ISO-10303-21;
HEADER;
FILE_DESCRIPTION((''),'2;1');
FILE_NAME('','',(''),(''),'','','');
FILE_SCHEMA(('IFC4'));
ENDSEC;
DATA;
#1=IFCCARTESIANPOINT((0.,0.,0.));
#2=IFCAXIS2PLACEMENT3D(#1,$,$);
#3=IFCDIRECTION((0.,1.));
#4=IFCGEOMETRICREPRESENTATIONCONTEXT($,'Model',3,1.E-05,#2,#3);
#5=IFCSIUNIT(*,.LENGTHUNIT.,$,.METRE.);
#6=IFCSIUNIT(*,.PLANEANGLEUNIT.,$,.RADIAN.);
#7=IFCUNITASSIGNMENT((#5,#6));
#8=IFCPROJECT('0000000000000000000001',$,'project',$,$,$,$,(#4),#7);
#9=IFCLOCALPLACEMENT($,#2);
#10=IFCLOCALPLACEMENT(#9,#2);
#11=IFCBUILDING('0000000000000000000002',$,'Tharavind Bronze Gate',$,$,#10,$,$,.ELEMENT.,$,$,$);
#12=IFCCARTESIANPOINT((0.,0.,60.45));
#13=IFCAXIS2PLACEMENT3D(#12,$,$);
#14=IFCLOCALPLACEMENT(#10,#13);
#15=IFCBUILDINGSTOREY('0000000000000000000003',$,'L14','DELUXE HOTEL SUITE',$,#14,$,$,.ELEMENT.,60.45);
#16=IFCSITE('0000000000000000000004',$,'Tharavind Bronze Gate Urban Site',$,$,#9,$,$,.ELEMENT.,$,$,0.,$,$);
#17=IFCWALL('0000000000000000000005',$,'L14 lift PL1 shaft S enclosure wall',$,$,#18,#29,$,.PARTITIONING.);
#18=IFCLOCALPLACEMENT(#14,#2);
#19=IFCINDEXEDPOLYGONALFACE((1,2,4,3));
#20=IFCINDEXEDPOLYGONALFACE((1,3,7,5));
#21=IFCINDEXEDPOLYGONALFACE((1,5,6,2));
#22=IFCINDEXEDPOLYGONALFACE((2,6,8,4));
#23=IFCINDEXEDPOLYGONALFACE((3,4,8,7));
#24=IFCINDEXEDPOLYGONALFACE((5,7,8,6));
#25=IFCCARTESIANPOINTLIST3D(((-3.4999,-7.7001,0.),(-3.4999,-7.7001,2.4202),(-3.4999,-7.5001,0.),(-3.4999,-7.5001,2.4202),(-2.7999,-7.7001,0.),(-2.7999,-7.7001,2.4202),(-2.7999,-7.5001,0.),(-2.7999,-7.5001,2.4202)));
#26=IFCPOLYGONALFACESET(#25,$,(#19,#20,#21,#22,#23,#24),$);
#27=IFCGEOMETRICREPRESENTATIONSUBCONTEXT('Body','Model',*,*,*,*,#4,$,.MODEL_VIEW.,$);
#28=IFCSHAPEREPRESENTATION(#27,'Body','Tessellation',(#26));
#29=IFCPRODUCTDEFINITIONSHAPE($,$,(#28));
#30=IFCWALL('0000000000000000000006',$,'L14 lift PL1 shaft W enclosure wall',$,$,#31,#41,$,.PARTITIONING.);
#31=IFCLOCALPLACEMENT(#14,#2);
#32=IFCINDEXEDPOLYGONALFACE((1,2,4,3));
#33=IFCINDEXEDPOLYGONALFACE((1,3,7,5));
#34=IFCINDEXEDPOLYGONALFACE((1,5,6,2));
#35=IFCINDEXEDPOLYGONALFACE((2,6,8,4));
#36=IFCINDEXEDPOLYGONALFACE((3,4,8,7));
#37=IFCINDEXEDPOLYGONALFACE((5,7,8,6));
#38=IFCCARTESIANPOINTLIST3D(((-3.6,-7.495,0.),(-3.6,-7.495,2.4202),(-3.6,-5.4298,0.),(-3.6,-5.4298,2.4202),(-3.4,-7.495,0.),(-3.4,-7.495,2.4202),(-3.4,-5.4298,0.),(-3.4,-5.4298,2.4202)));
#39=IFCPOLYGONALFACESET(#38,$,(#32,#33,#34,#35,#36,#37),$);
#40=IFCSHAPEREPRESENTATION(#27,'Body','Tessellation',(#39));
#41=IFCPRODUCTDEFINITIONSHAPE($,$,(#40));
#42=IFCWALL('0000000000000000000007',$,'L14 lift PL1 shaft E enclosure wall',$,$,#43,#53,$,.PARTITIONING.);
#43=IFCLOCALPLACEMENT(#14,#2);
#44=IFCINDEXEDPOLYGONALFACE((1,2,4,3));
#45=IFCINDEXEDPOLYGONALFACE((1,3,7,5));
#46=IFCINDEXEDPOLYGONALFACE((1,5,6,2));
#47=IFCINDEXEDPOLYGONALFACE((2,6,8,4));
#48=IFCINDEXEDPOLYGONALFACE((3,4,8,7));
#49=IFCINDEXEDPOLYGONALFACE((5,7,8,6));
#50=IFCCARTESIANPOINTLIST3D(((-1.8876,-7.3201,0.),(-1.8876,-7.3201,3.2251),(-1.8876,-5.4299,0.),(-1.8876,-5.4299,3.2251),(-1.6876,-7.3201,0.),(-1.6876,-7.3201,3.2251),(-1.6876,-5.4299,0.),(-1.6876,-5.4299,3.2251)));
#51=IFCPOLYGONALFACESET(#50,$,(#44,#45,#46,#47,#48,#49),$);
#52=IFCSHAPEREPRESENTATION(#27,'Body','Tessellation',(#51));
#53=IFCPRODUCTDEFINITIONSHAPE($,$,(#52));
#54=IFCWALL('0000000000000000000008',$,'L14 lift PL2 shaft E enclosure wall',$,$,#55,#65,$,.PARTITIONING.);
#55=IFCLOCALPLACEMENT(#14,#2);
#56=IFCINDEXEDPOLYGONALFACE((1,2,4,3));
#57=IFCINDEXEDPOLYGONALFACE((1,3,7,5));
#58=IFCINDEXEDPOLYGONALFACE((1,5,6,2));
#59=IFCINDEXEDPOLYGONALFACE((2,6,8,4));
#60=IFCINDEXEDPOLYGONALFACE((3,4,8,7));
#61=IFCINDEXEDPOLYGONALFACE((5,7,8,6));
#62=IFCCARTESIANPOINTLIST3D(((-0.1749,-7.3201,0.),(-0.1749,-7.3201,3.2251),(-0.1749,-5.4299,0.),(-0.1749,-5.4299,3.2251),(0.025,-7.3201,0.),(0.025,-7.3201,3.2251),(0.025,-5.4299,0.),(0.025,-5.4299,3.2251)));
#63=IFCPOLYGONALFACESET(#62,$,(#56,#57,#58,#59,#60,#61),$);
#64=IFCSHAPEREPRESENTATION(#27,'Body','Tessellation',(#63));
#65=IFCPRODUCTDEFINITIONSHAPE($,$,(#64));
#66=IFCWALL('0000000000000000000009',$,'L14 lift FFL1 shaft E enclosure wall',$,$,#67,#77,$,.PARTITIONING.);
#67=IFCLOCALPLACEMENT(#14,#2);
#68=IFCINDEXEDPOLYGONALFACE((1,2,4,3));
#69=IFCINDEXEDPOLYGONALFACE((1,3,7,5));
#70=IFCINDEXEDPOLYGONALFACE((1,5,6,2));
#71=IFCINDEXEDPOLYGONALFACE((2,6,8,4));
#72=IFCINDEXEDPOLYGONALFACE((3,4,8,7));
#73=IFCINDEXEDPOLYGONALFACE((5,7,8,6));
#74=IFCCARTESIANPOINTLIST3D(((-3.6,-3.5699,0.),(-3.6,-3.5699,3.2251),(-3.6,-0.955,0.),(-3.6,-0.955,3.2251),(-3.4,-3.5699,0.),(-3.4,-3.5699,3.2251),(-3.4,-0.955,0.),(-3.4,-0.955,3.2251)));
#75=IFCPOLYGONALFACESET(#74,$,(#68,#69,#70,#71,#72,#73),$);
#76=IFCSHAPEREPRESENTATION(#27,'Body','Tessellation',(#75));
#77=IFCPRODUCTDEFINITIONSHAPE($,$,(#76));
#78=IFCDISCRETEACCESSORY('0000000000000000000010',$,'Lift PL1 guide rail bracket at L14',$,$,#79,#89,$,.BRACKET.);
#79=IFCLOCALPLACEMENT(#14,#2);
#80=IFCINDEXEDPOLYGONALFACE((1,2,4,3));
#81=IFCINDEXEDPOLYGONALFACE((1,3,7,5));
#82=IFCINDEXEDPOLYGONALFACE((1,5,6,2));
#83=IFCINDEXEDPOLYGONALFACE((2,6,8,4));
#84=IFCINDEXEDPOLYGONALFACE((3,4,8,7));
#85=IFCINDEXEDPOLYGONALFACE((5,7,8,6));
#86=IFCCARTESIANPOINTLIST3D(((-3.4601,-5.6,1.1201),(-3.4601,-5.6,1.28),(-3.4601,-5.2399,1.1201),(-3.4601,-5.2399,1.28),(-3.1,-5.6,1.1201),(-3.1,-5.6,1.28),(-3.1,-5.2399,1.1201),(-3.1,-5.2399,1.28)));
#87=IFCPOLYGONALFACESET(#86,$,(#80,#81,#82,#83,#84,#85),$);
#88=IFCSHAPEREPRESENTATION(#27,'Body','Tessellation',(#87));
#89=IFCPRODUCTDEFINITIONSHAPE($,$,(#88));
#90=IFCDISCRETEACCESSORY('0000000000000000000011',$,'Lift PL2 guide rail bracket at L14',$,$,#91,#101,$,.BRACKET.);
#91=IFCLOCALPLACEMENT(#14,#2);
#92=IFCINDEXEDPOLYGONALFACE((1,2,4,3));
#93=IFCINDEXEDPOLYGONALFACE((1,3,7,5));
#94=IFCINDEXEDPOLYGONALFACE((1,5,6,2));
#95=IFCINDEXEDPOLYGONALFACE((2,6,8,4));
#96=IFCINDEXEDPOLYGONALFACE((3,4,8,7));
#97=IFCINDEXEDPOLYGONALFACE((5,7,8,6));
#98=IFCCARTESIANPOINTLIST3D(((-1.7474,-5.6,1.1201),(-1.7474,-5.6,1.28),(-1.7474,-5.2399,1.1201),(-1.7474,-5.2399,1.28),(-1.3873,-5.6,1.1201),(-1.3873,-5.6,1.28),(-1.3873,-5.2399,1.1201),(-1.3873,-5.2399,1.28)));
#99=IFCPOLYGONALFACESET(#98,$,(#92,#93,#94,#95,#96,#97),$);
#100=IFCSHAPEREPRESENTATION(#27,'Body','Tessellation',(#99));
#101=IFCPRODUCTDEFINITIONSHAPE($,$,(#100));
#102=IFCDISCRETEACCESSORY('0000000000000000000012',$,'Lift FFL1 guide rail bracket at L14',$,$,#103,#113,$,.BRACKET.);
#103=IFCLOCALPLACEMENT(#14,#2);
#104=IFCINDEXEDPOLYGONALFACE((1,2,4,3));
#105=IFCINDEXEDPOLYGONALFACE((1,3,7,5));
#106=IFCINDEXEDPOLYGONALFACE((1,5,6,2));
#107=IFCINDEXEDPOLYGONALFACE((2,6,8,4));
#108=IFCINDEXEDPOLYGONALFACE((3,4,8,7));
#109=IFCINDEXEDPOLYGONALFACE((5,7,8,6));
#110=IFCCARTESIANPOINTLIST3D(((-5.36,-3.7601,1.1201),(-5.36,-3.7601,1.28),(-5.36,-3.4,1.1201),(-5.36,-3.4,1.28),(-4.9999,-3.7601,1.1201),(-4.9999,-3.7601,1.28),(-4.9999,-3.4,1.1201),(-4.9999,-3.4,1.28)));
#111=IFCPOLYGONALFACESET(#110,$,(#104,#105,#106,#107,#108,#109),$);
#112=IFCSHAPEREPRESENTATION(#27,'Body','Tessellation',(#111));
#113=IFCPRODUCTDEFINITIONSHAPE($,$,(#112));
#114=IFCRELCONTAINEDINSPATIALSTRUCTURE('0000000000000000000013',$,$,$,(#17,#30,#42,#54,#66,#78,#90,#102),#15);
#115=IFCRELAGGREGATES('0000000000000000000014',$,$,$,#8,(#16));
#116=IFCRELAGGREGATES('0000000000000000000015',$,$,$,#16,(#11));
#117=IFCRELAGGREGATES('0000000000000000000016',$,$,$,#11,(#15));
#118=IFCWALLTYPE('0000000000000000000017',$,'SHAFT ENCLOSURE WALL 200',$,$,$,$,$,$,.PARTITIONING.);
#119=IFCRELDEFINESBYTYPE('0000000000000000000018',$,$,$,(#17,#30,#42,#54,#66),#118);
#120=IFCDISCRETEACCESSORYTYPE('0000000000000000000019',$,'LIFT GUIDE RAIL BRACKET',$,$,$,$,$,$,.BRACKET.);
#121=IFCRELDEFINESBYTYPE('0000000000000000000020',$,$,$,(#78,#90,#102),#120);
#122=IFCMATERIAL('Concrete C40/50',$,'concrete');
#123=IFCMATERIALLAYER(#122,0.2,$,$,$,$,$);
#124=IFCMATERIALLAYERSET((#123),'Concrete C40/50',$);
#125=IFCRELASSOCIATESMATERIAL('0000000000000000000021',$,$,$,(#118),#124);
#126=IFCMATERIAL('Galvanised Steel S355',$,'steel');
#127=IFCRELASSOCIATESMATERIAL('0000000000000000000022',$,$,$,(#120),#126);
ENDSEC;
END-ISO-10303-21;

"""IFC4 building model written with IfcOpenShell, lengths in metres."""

from ifc_helpers import new_model, si_unit, direction, frame, frame_2d, origin, origin_2d, place, context, subcontext, project, spatial, rectangle, extrude, material, layer, layer_set, type_object, element, save


model = new_model("IFC4")

# Units and contexts
model_context = context("Model", 3, precision=1e-05, world=origin(), true_north=direction((0.0, 1.0)))
body_context = subcontext(model_context, "Body", "Model", "MODEL_VIEW")
ifc_project = project(units=[si_unit("LENGTHUNIT", "METRE"), si_unit("PLANEANGLEUNIT", "RADIAN")], contexts=[model_context])

# Site, building, storey
site_placement = place(None, origin())
site = spatial("IfcSite", under=ifc_project, at=site_placement, Name="Tharavind Bronze Gate Urban Site", CompositionType="ELEMENT", RefElevation=0.0)
building_placement = place(site_placement, origin())
building = spatial("IfcBuilding", under=site, at=building_placement, Name="Tharavind Bronze Gate", CompositionType="ELEMENT")
storey_placement = place(building_placement, frame((0.0, 0.0, 60.45)))
storey = spatial("IfcBuildingStorey", under=building, at=storey_placement, Name="L14", Description="DELUXE HOTEL SUITE", CompositionType="ELEMENT", Elevation=60.45)

# Walls
ifc_material_1 = material(Name="Concrete C40/50", Category="concrete")
ifc_layer_1 = layer(ifc_material_1, 0.2)
ifc_layer_set_1 = layer_set([ifc_layer_1], Name="Concrete C40/50")
wall_type_1 = type_object("IfcWallType", Name="SHAFT ENCLOSURE WALL 200", PredefinedType="PARTITIONING", material=ifc_layer_set_1)
wall_1_placement = place(storey_placement, frame((-3.5, -7.6001, 0.0), z_axis=(0.0, 0.0, 1.0), x_axis=(1.0, 0.0, 0.0)))
element("IfcWall", 1, at=wall_1_placement, inside=storey, type_object=wall_type_1, Name="L14 lift PL1 shaft S enclosure wall", PredefinedType="PARTITIONING", context=body_context, shape_type="SweptSolid", body=[
    extrude(rectangle(XDim=0.7, YDim=0.2, at=frame_2d((0.3501, 0.0))), origin(), (0.0, 0.0, 1.0), 2.4202),
])
wall_2_placement = place(storey_placement, frame((-3.5, -7.4951, 0.0), z_axis=(0.0, 0.0, 1.0), x_axis=(0.0, 1.0, 0.0)))
element("IfcWall", 2, at=wall_2_placement, inside=storey, type_object=wall_type_1, Name="L14 lift PL1 shaft W enclosure wall", PredefinedType="PARTITIONING", context=body_context, shape_type="SweptSolid", body=[
    extrude(rectangle(XDim=2.0652, YDim=0.2, at=frame_2d((1.0327, 0.0))), origin(), (0.0, 0.0, 1.0), 2.4202),
])
for number, where, z_axis, x_axis, name in (
    (3, (-1.7876, -7.3201, 0.0), (0.0, 0.0, 1.0), (0.0, 1.0, 0.0), "L14 lift PL1 shaft E enclosure wall"),
    (4, (-0.075, -7.3201, 0.0), (0.0, 0.0, 1.0), (0.0, 1.0, 0.0), "L14 lift PL2 shaft E enclosure wall"),
):
    element("IfcWall", number, at=place(storey_placement, frame(where, z_axis=z_axis, x_axis=x_axis)), inside=storey, type_object=wall_type_1, Name=name, PredefinedType="PARTITIONING", context=body_context, shape_type="SweptSolid", body=[
        extrude(rectangle(XDim=1.8901, YDim=0.2, at=frame_2d((0.9451, 0.0))), origin(), (0.0, 0.0, 1.0), 3.2251),
    ])
wall_3_placement = place(storey_placement, frame((-3.5, -3.5701, 0.0), z_axis=(0.0, 0.0, 1.0), x_axis=(0.0, 1.0, 0.0)))
element("IfcWall", 5, at=wall_3_placement, inside=storey, type_object=wall_type_1, Name="L14 lift FFL1 shaft E enclosure wall", PredefinedType="PARTITIONING", context=body_context, shape_type="SweptSolid", body=[
    extrude(rectangle(XDim=2.615, YDim=0.2, at=frame_2d((1.3076, 0.0))), origin(), (0.0, 0.0, 1.0), 3.2251),
])

# Discrete accessories
ifc_material_2 = material(Name="Galvanised Steel S355", Category="steel")
discrete_accessory_type = type_object("IfcDiscreteAccessoryType", Name="LIFT GUIDE RAIL BRACKET", PredefinedType="BRACKET", material=ifc_material_2)
for number, where, z_axis, x_axis, name in (
    (6, (-3.28, -5.4199, 1.1201), (0.0, 0.0, 1.0), (1.0, 0.0, 0.0), "Lift PL1 guide rail bracket at L14"),
    (7, (-1.5674, -5.4199, 1.1201), (0.0, 0.0, 1.0), (1.0, 0.0, 0.0), "Lift PL2 guide rail bracket at L14"),
    (8, (-5.1799, -3.5801, 1.1201), (0.0, 0.0, 1.0), (1.0, 0.0, 0.0), "Lift FFL1 guide rail bracket at L14"),
):
    element("IfcDiscreteAccessory", number, at=place(storey_placement, frame(where, z_axis=z_axis, x_axis=x_axis)), inside=storey, type_object=discrete_accessory_type, Name=name, PredefinedType="BRACKET", context=body_context, shape_type="SweptSolid", body=[
        extrude(rectangle(XDim=0.3601, YDim=0.3601, at=origin_2d()), origin(), (0.0, 0.0, 1.0), 0.1599),
    ])

save(model, "model.ifc")
